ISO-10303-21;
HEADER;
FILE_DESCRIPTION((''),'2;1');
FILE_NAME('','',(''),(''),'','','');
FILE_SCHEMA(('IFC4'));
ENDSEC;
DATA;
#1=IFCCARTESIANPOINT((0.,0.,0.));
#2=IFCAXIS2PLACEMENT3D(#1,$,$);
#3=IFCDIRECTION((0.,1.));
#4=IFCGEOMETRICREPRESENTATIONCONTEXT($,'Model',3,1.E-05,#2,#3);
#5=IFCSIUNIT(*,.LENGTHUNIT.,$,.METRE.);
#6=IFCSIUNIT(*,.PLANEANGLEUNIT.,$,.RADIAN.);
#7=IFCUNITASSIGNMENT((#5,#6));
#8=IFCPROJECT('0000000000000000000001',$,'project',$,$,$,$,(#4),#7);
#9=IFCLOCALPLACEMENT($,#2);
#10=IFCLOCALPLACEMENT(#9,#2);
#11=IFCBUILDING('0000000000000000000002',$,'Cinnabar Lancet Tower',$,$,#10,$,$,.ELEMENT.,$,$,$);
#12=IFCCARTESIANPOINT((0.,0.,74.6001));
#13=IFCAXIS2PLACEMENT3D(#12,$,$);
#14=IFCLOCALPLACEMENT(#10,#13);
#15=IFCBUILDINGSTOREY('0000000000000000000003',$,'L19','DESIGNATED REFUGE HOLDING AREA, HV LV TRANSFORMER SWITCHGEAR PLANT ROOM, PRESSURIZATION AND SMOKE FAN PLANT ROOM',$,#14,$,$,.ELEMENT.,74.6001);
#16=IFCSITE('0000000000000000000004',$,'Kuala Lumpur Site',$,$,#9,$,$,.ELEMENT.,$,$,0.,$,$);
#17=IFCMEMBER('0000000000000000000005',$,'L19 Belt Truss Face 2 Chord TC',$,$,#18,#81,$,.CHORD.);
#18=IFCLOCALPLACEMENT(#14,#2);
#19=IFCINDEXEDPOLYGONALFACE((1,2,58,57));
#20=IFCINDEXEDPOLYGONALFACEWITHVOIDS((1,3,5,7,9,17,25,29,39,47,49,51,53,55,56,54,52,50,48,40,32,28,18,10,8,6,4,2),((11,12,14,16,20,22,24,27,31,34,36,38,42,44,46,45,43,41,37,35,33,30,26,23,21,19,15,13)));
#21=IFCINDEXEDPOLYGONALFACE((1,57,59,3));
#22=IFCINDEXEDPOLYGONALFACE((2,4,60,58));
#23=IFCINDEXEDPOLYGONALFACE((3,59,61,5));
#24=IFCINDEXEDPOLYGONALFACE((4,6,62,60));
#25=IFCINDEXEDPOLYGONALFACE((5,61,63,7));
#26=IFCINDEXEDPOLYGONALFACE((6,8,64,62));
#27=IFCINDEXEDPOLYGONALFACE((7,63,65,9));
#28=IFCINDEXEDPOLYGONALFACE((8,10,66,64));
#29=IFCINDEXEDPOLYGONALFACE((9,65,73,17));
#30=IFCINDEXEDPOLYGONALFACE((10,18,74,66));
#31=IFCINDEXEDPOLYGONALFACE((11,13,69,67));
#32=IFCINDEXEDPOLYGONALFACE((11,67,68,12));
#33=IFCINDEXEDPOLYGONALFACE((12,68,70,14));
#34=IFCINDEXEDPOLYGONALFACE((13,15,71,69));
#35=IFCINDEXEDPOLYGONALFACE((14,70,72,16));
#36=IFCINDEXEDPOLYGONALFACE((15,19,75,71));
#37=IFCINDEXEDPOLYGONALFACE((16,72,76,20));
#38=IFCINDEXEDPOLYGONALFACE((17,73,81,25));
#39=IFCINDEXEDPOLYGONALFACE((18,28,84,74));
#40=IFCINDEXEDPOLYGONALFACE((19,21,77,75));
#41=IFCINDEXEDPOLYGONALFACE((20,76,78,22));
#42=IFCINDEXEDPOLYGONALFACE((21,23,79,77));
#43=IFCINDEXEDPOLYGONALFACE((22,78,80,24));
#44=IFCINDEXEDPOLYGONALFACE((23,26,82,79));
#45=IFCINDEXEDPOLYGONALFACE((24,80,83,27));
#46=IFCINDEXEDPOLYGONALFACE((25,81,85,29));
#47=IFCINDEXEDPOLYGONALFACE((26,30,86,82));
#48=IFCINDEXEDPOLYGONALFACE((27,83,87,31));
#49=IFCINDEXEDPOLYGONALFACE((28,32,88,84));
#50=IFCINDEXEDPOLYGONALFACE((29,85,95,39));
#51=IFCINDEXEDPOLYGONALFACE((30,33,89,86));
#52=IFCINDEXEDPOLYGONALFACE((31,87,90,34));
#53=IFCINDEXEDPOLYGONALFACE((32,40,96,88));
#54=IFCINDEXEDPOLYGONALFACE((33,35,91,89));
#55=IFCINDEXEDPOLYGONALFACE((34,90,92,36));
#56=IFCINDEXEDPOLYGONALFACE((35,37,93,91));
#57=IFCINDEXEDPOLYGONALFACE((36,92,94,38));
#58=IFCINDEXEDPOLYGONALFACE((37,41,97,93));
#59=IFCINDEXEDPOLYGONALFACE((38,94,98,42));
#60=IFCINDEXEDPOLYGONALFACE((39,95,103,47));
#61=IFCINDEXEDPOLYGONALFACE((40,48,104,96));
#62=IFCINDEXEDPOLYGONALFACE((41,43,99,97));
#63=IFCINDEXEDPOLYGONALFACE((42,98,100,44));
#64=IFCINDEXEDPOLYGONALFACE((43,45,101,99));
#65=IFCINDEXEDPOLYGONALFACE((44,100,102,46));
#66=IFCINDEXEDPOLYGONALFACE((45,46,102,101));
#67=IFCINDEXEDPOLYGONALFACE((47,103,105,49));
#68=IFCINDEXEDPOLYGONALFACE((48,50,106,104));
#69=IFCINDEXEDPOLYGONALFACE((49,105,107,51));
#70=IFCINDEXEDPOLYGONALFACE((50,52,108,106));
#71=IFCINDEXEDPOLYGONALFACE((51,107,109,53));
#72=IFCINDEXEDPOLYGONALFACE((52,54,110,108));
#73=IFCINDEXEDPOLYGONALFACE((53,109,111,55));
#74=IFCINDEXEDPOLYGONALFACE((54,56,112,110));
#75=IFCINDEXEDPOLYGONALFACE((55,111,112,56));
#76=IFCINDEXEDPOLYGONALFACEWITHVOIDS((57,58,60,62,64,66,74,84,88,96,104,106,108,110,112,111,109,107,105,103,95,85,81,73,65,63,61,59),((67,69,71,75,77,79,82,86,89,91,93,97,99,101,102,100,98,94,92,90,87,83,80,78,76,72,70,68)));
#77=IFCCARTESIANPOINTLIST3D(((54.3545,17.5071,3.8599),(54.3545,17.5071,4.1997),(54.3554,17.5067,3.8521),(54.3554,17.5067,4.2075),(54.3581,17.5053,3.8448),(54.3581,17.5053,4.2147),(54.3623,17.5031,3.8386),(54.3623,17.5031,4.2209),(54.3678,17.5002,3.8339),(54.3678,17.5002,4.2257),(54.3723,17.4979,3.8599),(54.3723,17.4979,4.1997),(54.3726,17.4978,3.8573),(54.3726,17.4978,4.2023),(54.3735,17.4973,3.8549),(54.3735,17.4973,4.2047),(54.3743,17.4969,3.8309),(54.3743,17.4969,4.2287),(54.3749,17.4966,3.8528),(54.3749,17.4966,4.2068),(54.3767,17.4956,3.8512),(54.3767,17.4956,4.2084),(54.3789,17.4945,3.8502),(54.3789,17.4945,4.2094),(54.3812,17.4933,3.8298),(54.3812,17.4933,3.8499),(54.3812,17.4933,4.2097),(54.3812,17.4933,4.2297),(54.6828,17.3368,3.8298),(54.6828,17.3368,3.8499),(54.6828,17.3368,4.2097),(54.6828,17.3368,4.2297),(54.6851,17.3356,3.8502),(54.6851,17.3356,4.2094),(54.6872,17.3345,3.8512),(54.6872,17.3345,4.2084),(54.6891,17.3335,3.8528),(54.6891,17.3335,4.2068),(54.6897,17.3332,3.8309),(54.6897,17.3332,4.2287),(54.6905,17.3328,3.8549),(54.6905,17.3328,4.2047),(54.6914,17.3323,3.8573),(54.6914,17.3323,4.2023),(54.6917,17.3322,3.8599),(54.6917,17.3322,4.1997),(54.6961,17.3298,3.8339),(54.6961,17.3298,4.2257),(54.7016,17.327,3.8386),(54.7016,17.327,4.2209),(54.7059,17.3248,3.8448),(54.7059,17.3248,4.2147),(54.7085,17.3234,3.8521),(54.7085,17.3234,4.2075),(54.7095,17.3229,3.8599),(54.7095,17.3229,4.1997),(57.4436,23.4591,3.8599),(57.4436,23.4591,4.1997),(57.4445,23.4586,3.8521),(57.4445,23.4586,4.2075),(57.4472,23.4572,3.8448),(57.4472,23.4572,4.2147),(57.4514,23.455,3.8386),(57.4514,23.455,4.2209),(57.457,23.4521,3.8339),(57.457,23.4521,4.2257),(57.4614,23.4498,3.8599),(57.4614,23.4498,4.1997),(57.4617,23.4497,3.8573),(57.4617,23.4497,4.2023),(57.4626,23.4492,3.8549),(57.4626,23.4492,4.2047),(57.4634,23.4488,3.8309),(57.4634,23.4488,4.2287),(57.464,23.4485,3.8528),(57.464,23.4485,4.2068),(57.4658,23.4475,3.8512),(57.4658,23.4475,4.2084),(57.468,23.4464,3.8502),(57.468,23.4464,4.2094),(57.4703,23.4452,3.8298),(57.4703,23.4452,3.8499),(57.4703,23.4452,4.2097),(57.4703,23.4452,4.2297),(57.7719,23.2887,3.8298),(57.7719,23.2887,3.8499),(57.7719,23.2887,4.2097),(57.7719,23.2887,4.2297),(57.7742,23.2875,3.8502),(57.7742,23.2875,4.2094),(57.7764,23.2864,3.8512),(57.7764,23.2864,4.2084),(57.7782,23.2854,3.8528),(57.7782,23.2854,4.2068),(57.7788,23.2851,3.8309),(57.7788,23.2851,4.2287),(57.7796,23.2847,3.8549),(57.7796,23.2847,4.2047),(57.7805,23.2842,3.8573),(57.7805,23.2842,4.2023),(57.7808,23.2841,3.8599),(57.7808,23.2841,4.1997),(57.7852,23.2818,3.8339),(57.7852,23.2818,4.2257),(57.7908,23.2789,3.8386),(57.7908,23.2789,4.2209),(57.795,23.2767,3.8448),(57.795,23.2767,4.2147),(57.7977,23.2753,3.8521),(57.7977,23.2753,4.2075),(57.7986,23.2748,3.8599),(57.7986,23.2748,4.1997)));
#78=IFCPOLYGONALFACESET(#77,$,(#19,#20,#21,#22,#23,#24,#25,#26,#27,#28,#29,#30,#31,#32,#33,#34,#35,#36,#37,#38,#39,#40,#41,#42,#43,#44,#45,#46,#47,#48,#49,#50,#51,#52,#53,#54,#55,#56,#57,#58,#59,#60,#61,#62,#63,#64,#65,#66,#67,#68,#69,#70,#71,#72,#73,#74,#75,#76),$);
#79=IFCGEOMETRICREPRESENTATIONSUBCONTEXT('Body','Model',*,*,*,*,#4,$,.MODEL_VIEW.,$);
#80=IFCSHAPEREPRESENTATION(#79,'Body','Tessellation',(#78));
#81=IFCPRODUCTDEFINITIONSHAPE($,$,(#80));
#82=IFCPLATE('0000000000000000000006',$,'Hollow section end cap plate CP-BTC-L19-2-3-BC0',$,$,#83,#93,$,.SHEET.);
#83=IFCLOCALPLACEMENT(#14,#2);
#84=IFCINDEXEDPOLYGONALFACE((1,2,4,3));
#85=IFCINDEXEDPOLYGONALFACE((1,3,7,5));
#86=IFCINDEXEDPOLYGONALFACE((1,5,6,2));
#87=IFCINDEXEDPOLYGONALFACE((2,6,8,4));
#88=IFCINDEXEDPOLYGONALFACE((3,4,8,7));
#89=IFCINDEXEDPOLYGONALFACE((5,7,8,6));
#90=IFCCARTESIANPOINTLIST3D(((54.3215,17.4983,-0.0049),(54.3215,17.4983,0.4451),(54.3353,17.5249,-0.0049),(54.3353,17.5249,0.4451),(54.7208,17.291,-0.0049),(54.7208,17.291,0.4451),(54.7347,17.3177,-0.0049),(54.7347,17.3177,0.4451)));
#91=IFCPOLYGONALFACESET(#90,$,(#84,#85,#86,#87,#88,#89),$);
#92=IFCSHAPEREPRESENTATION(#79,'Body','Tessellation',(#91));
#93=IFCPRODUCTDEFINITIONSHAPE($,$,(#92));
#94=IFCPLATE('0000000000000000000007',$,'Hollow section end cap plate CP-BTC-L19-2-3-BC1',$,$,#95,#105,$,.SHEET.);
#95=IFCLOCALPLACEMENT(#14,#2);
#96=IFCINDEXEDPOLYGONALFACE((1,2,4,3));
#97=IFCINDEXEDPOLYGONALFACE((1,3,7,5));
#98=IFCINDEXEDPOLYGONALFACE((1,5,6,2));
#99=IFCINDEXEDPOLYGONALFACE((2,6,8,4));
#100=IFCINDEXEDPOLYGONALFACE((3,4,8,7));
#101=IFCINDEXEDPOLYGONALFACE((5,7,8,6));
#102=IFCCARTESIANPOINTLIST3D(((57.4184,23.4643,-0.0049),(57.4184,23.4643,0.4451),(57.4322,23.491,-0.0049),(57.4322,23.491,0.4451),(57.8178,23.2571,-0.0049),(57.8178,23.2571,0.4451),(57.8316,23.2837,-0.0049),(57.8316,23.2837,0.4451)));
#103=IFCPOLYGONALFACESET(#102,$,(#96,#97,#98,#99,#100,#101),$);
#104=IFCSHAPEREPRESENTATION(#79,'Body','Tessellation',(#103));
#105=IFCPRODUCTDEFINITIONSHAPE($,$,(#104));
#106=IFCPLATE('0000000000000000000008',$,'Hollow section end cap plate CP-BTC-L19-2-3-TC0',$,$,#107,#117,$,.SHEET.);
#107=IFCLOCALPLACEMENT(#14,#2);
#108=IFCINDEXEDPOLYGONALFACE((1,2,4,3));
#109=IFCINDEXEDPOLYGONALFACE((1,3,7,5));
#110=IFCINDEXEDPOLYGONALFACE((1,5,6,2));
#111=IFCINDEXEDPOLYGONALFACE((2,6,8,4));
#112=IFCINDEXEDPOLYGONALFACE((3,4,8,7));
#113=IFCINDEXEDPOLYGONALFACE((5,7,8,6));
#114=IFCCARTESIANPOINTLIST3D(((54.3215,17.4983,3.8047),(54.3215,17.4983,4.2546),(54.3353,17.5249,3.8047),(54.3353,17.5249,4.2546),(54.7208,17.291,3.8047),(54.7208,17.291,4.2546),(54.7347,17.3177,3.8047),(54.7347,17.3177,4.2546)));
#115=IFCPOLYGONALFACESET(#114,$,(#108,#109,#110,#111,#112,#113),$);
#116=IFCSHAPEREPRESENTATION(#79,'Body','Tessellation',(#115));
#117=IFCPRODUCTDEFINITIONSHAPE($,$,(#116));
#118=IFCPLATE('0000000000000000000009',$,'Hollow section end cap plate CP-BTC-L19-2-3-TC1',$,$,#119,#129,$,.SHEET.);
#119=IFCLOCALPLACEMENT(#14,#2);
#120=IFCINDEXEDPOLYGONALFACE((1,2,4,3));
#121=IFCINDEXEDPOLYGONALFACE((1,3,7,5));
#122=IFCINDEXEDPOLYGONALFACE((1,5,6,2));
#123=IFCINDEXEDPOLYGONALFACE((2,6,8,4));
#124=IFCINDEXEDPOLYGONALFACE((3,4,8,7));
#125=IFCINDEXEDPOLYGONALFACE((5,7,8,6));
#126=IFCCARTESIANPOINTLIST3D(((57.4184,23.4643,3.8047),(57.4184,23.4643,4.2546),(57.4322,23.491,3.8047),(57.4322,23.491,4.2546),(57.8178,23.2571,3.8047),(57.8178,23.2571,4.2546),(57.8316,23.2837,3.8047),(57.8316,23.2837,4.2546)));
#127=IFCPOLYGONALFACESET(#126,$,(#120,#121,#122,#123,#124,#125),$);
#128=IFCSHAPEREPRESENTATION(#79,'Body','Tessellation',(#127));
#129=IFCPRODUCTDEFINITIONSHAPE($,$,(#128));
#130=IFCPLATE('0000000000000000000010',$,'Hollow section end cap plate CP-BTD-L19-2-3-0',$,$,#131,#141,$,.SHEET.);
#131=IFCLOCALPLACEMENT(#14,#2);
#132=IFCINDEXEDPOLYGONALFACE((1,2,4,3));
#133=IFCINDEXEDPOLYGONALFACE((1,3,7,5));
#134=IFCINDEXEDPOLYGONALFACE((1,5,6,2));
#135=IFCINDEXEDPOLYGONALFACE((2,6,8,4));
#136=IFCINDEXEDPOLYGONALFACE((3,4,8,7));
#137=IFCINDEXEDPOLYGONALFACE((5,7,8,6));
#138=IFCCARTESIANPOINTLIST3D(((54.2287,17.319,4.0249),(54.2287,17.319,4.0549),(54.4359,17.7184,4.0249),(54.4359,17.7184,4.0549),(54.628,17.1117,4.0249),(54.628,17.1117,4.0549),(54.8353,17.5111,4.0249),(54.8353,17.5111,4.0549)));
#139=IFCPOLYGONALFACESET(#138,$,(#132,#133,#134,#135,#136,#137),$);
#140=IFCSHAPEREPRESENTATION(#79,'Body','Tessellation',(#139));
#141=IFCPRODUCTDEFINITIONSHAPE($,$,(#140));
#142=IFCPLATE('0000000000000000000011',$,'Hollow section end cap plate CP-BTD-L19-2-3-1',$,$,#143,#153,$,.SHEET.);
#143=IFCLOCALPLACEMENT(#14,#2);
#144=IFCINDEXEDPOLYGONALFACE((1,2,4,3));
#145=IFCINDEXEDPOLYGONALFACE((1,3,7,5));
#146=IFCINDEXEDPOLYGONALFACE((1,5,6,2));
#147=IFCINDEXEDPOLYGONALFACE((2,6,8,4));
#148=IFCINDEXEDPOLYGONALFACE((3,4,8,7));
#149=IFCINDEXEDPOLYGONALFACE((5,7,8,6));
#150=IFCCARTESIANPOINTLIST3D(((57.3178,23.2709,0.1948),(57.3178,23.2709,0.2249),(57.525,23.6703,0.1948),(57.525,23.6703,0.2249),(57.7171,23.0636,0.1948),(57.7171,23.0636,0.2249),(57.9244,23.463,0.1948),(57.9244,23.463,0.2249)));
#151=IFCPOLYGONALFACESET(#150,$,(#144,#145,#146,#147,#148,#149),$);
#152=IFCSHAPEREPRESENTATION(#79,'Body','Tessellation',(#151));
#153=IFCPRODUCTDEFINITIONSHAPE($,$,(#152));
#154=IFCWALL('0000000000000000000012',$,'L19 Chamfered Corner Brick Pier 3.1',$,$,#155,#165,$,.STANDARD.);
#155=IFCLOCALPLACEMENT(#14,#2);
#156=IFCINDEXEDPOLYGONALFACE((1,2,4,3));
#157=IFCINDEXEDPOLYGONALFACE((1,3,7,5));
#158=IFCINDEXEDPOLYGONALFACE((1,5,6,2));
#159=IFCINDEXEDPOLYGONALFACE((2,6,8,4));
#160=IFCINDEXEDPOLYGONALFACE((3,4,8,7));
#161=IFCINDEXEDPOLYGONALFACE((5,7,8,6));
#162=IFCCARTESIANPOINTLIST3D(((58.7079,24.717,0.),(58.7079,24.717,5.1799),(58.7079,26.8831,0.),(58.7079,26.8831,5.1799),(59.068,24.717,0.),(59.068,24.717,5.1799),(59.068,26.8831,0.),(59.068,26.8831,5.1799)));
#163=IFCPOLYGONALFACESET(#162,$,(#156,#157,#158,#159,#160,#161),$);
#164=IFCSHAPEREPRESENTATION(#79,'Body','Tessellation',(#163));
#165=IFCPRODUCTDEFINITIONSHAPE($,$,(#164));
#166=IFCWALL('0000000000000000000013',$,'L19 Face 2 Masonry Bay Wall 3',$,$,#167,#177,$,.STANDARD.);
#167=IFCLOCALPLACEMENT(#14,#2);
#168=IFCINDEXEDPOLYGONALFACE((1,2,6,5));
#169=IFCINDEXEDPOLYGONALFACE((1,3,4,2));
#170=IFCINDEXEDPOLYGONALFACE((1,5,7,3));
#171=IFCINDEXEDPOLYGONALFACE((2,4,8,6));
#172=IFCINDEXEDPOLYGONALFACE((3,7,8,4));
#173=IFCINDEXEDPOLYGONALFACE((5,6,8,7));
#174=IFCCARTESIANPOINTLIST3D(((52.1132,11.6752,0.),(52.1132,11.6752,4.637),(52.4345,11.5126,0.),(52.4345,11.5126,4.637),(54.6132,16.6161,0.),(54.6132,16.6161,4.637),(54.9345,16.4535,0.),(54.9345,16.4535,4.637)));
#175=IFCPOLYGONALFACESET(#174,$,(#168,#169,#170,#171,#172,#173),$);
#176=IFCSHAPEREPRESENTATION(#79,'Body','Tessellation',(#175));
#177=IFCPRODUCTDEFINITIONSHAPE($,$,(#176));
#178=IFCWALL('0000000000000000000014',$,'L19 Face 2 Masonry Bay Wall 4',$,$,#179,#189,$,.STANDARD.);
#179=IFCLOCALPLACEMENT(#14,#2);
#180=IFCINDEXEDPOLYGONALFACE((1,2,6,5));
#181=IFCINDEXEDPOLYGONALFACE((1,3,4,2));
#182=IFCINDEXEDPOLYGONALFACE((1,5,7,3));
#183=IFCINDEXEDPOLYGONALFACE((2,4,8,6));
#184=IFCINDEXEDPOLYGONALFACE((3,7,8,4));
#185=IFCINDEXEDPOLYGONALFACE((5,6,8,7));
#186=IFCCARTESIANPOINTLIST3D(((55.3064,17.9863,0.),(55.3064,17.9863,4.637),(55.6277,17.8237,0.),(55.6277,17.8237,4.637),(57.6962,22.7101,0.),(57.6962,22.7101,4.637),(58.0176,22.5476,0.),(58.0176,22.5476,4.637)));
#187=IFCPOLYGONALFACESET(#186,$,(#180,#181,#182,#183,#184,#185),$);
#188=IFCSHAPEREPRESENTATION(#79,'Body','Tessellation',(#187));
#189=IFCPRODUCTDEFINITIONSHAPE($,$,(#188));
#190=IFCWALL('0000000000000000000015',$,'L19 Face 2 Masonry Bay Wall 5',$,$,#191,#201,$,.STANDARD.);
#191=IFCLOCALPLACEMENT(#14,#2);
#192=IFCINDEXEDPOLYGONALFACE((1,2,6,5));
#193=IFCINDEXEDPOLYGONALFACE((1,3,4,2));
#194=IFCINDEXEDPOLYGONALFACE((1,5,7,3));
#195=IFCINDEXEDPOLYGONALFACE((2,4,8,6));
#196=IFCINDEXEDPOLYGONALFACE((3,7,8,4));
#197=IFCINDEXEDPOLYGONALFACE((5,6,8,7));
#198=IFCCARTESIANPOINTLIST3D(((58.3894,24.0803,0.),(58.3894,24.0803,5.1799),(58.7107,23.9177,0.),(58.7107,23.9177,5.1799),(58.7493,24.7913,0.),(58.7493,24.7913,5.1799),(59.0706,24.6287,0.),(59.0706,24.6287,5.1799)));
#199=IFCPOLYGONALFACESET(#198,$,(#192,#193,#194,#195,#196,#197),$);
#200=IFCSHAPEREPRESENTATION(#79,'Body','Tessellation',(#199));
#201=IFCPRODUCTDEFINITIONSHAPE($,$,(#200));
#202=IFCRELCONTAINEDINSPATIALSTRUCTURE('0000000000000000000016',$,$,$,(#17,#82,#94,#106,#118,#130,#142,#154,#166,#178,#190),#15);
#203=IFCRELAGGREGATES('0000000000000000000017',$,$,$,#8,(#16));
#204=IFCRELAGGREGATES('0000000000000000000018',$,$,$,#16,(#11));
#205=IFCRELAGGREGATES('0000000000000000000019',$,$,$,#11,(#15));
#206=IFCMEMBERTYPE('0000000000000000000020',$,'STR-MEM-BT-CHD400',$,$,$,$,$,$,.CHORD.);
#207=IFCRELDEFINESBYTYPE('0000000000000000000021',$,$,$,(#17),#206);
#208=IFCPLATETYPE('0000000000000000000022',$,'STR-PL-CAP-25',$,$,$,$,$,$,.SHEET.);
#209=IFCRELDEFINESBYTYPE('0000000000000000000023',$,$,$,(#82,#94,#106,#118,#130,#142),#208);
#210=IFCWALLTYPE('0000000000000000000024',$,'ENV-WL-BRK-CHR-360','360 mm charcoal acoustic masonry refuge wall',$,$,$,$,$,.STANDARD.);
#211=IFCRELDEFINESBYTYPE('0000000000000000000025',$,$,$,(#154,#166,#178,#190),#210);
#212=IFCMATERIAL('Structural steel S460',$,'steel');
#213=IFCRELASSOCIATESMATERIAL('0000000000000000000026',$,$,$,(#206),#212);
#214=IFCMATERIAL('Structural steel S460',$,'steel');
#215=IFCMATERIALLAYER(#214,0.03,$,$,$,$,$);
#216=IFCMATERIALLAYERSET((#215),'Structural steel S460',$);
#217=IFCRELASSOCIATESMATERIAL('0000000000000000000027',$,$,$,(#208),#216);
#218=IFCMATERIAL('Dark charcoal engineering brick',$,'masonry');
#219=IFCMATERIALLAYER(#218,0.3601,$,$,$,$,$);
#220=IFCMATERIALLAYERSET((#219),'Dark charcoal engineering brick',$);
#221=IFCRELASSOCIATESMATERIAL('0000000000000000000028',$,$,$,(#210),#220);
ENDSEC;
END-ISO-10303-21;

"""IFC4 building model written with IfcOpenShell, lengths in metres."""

from ifc_helpers import new_model, si_unit, direction, frame, frame_2d, origin, origin_2d, place, context, subcontext, project, spatial, rectangle, hollow_rectangle, extrude, material, layer, layer_set, material_profile, profile_set, type_object, element, save


model = new_model("IFC4")

# Units and contexts
model_context = context("Model", 3, precision=1e-05, world=origin(), true_north=direction((0.0, 1.0)))
body_context = subcontext(model_context, "Body", "Model", "MODEL_VIEW")
ifc_project = project(units=[si_unit("LENGTHUNIT", "METRE"), si_unit("PLANEANGLEUNIT", "RADIAN")], contexts=[model_context])

# Site, building, storey
site_placement = place(None, origin())
site = spatial("IfcSite", under=ifc_project, at=site_placement, Name="Kuala Lumpur Site", CompositionType="ELEMENT", RefElevation=0.0)
building_placement = place(site_placement, origin())
building = spatial("IfcBuilding", under=site, at=building_placement, Name="Cinnabar Lancet Tower", CompositionType="ELEMENT")
storey_placement = place(building_placement, frame((0.0, 0.0, 74.6001)))
storey = spatial("IfcBuildingStorey", under=building, at=storey_placement, Name="L19", Description="DESIGNATED REFUGE HOLDING AREA, HV LV TRANSFORMER SWITCHGEAR PLANT ROOM, PRESSURIZATION AND SMOKE FAN PLANT ROOM", CompositionType="ELEMENT", Elevation=74.6001)

# Member
ifc_material_1 = material(Name="Structural steel S460", Category="steel")
ifc_material_profile_1 = material_profile(ifc_material_1, hollow_rectangle(XDim=0.3999, YDim=0.3999, WallThickness=0.02, InnerFilletRadius=0.01, OuterFilletRadius=0.03, at=origin_2d()), Name="SHS 400x400x20")
ifc_profile_set_1 = profile_set([ifc_material_profile_1], Name="Structural steel S460")
member_type_1 = type_object("IfcMemberType", Name="STR-MEM-BT-CHD400", PredefinedType="CHORD", material=ifc_profile_set_1)
for number, where, z_axis, x_axis, name in (
    (1, (54.532, 17.415, 4.0298), (0.460663, 0.887575, 0.0), (-0.887575, 0.460663, 0.0), "L19 Belt Truss Face 2 Chord TC"),
):
    element("IfcMember", number, at=place(storey_placement, frame(where, z_axis=z_axis, x_axis=x_axis)), inside=storey, type_object=member_type_1, Name=name, PredefinedType="CHORD", context=body_context, shape_type="SweptSolid", body=[
        extrude(hollow_rectangle(XDim=0.3999, YDim=0.3999, WallThickness=0.02, InnerFilletRadius=0.01, OuterFilletRadius=0.03, at=origin_2d()), origin(), (0.0, 0.0, 1.0), 6.7058),
    ])

# Plates
ifc_material_2 = material(Name="Structural steel S460", Category="steel")
ifc_layer_1 = layer(ifc_material_2, 0.03)
ifc_layer_set_1 = layer_set([ifc_layer_1], Name="Structural steel S460")
plate_type = type_object("IfcPlateType", Name="STR-PL-CAP-25", PredefinedType="SHEET", material=ifc_layer_set_1)
for number, where, z_axis, x_axis, name in (
    (2, (54.5281, 17.408, -0.0049), (0.0, 0.0, 1.0), (-0.460649, -0.887582, 0.0), "Hollow section end cap plate CP-BTC-L19-2-3-BC0"),
    (3, (57.625, 23.374, -0.0049), (0.0, 0.0, 1.0), (0.460649, 0.887582, 0.0), "Hollow section end cap plate CP-BTC-L19-2-3-BC1"),
    (4, (54.5281, 17.408, 3.8047), (0.0, 0.0, 1.0), (-0.460649, -0.887582, 0.0), "Hollow section end cap plate CP-BTC-L19-2-3-TC0"),
    (5, (57.625, 23.374, 3.8047), (0.0, 0.0, 1.0), (0.460649, 0.887582, 0.0), "Hollow section end cap plate CP-BTC-L19-2-3-TC1"),
):
    element("IfcPlate", number, at=place(storey_placement, frame(where, z_axis=z_axis, x_axis=x_axis)), inside=storey, type_object=plate_type, Name=name, PredefinedType="SHEET", context=body_context, shape_type="SweptSolid", body=[
        extrude(rectangle(XDim=0.03, YDim=0.45, at=origin_2d()), origin(), (0.0, 0.0, 1.0), 0.45),
    ])
for number, where, z_axis, x_axis, name in (
    (6, (54.532, 17.415, 4.0249), (0.0, 0.0, 1.0), (-0.460649, -0.887582, 0.0), "Hollow section end cap plate CP-BTD-L19-2-3-0"),
    (7, (57.6211, 23.3669, 0.1948), (0.0, 0.0, 1.0), (0.460649, 0.887582, 0.0), "Hollow section end cap plate CP-BTD-L19-2-3-1"),
):
    element("IfcPlate", number, at=place(storey_placement, frame(where, z_axis=z_axis, x_axis=x_axis)), inside=storey, type_object=plate_type, Name=name, PredefinedType="SHEET", context=body_context, shape_type="SweptSolid", body=[
        extrude(rectangle(XDim=0.45, YDim=0.45, at=origin_2d()), origin(), (0.0, 0.0, 1.0), 0.03),
    ])

# Walls
ifc_material_3 = material(Name="Dark charcoal engineering brick", Category="masonry")
ifc_layer_2 = layer(ifc_material_3, 0.3601)
ifc_layer_set_2 = layer_set([ifc_layer_2], Name="Dark charcoal engineering brick")
wall_type = type_object("IfcWallType", Name="ENV-WL-BRK-CHR-360", Description="360 mm charcoal acoustic masonry refuge wall", PredefinedType="STANDARD", material=ifc_layer_set_2)
wall_1_placement = place(storey_placement, frame((58.8879, 24.717, 0.0), z_axis=(0.0, 0.0, 1.0), x_axis=(0.0, 1.0, 0.0)))
element("IfcWall", 8, at=wall_1_placement, inside=storey, type_object=wall_type, Name="L19 Chamfered Corner Brick Pier 3.1", PredefinedType="STANDARD", context=body_context, shape_type="SweptSolid", body=[
    extrude(rectangle(XDim=2.166, YDim=0.3601, at=frame_2d((1.083, 0.0))), origin(), (0.0, 0.0, 1.0), 5.1799),
])
wall_2_placement = place(storey_placement, frame((52.2739, 11.594, 0.0), z_axis=(0.0, 0.0, 1.0), x_axis=(0.451476, 0.892283, 0.0)))
element("IfcWall", 9, at=wall_2_placement, inside=storey, type_object=wall_type, Name="L19 Face 2 Masonry Bay Wall 3", PredefinedType="STANDARD", context=body_context, shape_type="SweptSolid", body=[
    extrude(rectangle(XDim=5.5374, YDim=0.3601, at=frame_2d((2.7686, 0.0))), origin(), (0.0, 0.0, 1.0), 4.637),
])
wall_3_placement = place(storey_placement, frame((55.467, 17.905, 0.0), z_axis=(0.0, 0.0, 1.0), x_axis=(0.451433, 0.892305, 0.0)))
element("IfcWall", 10, at=wall_3_placement, inside=storey, type_object=wall_type, Name="L19 Face 2 Masonry Bay Wall 4", PredefinedType="STANDARD", context=body_context, shape_type="SweptSolid", body=[
    extrude(rectangle(XDim=5.2939, YDim=0.3601, at=frame_2d((2.647, 0.0))), origin(), (0.0, 0.0, 1.0), 4.637),
])
wall_4_placement = place(storey_placement, frame((58.55, 23.999, 0.0), z_axis=(0.0, 0.0, 1.0), x_axis=(0.45162, 0.89221, 0.0)))
element("IfcWall", 11, at=wall_4_placement, inside=storey, type_object=wall_type, Name="L19 Face 2 Masonry Bay Wall 5", PredefinedType="STANDARD", context=body_context, shape_type="SweptSolid", body=[
    extrude(rectangle(XDim=0.7969, YDim=0.3601, at=frame_2d((0.3984, 0.0))), origin(), (0.0, 0.0, 1.0), 5.1799),
])

save(model, "model.ifc")
